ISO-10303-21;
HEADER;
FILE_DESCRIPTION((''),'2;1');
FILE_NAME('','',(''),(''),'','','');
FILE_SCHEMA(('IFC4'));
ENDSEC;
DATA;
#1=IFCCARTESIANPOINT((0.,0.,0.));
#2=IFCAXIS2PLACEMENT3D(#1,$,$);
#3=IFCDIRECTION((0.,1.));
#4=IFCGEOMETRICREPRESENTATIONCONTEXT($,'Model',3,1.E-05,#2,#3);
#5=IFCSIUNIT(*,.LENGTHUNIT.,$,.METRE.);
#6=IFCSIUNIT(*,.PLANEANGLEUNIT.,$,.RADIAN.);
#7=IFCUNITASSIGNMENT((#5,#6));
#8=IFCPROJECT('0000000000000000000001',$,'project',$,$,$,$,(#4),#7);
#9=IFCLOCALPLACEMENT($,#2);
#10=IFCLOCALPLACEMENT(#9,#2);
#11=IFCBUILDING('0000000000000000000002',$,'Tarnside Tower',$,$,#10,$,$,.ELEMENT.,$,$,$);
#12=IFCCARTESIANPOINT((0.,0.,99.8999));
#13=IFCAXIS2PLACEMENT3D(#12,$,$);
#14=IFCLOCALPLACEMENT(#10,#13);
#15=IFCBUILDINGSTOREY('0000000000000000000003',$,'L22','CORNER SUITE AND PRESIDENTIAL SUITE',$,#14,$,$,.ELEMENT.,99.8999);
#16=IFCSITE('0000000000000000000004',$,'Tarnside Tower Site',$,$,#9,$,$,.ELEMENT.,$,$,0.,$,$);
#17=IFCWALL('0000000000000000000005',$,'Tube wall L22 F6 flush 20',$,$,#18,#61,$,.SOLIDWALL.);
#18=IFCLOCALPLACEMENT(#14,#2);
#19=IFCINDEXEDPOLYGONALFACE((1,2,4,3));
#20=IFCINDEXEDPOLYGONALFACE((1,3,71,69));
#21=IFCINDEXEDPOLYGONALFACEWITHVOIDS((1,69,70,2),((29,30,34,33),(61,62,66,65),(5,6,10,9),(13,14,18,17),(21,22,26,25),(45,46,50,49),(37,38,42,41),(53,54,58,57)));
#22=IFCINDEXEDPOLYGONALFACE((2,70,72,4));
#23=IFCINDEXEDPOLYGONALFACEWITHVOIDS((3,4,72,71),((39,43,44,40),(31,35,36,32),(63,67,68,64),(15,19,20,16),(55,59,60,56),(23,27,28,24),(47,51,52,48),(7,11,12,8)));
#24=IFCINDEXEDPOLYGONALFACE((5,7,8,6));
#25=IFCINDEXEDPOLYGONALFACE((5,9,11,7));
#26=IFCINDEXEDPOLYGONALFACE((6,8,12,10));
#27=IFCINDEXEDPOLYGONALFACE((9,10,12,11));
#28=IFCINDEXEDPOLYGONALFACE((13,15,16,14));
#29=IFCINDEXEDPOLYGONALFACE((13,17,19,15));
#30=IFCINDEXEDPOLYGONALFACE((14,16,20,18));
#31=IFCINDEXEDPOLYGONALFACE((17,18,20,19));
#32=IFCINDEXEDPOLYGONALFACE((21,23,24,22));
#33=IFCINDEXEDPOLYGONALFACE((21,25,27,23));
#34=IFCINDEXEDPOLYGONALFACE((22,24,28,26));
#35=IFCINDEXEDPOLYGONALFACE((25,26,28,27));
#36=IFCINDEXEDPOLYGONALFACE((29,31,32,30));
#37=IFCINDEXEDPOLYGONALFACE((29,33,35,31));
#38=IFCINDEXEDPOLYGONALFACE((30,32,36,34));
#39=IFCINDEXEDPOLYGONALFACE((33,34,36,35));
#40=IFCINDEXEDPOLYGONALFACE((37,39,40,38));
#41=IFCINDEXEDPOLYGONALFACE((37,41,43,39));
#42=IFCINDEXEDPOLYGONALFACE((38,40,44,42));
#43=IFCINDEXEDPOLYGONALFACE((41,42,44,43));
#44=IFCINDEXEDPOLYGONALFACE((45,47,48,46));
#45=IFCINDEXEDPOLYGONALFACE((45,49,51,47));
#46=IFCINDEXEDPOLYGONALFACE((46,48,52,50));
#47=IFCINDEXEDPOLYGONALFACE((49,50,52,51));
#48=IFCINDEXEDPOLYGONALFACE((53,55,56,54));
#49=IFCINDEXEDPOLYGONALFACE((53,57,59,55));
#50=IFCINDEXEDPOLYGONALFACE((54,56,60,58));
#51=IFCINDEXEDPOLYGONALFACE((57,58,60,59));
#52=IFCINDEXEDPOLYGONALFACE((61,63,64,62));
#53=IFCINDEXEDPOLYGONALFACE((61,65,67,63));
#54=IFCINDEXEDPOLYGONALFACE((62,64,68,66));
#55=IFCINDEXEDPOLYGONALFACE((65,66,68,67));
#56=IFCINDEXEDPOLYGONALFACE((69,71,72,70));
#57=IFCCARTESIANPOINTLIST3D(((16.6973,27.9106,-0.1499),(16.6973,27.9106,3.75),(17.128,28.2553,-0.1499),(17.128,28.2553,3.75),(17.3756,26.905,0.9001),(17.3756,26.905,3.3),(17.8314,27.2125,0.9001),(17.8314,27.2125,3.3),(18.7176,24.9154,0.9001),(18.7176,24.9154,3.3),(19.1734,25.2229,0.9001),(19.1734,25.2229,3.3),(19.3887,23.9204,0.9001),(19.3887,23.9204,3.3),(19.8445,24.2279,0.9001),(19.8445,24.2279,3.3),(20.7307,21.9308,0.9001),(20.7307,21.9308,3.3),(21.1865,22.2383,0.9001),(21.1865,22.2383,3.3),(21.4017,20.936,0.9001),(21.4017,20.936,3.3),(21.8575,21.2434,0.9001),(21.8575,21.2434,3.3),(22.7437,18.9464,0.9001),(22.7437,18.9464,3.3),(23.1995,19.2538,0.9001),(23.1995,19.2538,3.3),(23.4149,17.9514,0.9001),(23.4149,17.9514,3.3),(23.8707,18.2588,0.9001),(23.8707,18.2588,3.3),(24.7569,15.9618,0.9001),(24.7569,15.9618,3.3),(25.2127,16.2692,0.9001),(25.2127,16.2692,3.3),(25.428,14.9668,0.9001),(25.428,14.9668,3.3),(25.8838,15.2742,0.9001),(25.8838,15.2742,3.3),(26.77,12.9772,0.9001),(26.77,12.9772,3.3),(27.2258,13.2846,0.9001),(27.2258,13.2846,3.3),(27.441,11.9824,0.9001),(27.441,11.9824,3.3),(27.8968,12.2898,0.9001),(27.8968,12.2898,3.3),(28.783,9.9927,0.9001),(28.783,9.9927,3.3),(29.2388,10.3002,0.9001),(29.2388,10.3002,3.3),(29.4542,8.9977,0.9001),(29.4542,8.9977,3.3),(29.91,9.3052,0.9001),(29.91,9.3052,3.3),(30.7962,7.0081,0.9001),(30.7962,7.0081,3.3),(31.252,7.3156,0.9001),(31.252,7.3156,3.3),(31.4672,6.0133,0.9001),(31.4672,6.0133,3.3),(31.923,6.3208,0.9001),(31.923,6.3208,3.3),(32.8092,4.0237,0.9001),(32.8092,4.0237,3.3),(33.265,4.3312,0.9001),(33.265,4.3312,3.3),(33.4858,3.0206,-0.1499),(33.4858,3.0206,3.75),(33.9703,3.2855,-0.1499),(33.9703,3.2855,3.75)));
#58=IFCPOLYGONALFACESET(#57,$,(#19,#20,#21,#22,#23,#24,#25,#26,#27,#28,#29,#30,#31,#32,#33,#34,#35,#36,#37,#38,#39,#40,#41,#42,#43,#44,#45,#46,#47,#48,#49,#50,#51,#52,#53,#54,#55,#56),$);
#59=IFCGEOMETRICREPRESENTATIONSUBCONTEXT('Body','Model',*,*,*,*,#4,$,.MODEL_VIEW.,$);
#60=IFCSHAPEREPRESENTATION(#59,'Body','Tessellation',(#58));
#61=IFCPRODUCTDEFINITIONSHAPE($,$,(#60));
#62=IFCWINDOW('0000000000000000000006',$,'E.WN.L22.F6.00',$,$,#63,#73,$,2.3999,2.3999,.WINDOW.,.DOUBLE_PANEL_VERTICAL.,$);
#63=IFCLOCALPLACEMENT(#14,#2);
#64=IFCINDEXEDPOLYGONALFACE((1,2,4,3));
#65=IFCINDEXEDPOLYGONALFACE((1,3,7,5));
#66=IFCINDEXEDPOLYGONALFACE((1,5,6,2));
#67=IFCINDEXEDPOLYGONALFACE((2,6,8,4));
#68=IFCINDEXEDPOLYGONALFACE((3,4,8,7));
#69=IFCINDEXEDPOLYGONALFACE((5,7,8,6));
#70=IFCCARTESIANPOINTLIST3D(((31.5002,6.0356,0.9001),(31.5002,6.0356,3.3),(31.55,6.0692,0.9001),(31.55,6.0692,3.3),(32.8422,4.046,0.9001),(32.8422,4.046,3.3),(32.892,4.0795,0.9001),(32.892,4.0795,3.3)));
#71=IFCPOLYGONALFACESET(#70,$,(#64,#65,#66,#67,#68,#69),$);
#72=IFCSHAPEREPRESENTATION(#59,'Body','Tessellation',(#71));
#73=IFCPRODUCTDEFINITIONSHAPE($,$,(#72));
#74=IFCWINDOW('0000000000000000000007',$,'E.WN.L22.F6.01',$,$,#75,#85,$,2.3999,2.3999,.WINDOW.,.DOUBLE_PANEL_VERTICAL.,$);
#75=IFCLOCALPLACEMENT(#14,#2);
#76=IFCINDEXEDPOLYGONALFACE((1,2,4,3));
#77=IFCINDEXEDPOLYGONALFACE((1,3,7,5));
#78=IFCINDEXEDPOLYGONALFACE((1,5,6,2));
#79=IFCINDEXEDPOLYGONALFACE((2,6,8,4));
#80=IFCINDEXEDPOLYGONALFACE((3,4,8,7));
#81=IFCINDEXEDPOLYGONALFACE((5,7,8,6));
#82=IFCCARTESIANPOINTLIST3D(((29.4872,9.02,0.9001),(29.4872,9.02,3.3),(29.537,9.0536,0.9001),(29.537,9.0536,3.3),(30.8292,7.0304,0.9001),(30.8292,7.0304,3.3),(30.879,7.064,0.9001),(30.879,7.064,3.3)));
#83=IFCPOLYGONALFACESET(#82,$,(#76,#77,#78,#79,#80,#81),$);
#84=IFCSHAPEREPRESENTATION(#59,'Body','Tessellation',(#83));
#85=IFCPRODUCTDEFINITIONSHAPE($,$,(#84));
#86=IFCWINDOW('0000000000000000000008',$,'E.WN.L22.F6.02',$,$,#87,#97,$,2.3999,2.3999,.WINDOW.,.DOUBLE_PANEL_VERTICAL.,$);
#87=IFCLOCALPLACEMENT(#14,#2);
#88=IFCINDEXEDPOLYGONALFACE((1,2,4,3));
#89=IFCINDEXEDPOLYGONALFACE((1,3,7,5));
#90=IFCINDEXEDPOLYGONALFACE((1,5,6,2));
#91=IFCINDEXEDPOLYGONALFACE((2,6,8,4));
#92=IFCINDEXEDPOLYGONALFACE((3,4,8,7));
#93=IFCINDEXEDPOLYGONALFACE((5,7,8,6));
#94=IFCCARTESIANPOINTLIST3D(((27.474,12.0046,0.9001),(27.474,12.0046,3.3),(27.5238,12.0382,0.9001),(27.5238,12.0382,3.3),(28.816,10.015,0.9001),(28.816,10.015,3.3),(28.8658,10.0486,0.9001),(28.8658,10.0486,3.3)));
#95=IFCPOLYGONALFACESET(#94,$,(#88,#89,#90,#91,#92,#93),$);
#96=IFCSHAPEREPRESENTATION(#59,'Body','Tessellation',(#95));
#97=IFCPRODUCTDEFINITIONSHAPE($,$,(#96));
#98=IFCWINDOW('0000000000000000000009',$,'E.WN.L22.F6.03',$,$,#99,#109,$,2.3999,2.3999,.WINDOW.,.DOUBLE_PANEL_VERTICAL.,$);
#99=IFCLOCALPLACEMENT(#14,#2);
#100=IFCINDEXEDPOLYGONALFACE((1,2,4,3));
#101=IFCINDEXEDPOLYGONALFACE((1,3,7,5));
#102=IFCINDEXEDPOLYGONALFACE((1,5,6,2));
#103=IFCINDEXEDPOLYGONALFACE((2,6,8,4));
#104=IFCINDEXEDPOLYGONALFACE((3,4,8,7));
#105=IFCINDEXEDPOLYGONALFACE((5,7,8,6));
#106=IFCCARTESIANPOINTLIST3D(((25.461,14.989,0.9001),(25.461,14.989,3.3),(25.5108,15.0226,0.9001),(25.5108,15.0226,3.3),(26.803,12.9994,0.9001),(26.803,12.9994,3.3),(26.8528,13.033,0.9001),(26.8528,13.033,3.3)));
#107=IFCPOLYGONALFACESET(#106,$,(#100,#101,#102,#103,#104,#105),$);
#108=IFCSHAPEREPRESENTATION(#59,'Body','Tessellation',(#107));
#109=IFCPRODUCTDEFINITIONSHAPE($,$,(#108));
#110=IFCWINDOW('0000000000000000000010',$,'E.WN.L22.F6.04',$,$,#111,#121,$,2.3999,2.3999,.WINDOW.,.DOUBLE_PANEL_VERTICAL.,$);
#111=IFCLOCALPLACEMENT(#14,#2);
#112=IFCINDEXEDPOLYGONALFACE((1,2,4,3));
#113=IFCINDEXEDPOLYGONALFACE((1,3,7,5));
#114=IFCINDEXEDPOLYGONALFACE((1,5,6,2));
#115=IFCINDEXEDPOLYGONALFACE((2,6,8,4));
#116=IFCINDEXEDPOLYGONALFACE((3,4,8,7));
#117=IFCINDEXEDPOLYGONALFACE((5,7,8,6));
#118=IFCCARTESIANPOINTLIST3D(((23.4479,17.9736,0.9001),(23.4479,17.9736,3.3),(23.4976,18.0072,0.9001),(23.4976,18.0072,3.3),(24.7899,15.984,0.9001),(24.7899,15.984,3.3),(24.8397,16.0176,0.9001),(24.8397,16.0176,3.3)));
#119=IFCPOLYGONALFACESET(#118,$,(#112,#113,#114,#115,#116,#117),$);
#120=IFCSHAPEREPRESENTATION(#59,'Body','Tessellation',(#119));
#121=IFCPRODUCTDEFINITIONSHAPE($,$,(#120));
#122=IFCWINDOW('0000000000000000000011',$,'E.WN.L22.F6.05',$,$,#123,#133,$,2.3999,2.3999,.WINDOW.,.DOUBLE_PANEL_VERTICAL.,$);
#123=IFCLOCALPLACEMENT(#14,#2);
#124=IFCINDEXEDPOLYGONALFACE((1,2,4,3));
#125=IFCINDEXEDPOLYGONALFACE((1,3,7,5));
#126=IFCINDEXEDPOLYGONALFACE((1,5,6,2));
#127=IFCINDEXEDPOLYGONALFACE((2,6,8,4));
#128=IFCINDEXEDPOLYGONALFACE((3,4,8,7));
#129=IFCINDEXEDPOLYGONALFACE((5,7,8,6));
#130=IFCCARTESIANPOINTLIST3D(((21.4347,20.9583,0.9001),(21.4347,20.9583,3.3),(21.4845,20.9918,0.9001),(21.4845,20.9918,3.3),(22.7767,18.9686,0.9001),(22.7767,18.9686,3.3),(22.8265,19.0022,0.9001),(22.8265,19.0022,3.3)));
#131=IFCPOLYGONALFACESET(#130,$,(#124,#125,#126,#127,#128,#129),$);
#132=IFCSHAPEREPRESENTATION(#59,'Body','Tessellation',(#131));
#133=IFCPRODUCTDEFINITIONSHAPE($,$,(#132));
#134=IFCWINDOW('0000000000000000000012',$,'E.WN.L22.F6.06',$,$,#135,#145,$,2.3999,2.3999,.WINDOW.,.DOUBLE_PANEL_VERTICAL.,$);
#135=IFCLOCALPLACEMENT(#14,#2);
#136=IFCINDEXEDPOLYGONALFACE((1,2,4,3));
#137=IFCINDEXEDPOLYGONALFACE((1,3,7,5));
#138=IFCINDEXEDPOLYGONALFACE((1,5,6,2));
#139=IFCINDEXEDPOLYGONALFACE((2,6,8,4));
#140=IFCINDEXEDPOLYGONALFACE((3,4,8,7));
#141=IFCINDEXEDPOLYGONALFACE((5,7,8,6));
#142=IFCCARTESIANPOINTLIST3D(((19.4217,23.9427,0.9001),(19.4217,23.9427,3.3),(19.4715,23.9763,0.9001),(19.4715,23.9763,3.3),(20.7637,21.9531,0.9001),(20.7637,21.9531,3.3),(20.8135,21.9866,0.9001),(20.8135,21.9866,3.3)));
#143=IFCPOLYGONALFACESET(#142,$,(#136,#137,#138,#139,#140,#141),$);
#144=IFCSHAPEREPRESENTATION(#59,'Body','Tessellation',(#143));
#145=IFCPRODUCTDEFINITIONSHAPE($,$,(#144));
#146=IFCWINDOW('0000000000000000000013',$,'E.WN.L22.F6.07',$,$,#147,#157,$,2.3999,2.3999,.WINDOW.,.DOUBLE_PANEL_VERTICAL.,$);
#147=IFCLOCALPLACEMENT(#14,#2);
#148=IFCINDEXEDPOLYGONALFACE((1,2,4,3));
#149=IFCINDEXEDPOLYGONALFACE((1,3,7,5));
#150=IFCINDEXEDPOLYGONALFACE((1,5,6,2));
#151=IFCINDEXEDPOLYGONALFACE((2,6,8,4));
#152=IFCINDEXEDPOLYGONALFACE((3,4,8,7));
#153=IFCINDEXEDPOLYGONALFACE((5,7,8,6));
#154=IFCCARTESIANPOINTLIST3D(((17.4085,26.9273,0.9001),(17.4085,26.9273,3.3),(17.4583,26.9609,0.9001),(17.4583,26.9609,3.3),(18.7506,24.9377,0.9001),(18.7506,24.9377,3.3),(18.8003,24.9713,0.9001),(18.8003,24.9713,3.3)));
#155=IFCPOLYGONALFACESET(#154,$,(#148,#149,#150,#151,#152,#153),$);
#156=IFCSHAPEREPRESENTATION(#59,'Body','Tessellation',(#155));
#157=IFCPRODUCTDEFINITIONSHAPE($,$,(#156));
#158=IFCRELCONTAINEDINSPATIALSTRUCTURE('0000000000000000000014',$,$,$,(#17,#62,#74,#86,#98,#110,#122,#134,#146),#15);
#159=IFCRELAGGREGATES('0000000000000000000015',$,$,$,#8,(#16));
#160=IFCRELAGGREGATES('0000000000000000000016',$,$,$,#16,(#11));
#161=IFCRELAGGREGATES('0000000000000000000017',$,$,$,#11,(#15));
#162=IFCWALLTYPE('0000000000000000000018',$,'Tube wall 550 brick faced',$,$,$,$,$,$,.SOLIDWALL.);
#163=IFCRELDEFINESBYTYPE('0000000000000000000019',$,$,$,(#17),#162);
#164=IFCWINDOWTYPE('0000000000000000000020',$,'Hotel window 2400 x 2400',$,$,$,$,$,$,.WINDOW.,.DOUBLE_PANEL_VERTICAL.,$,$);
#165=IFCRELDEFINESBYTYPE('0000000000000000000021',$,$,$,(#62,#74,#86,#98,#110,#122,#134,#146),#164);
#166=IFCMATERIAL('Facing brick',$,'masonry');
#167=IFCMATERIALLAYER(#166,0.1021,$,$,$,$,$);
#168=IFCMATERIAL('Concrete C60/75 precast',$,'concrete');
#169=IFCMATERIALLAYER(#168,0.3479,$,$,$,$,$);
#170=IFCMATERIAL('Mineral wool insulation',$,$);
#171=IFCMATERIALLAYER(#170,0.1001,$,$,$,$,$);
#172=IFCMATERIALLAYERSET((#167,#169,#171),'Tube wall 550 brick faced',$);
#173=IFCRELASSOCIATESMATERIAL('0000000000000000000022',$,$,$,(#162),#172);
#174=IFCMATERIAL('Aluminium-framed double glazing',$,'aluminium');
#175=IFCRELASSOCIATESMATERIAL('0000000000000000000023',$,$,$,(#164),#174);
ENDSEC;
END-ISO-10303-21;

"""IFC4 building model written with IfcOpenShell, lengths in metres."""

from ifc_helpers import new_model, si_unit, direction, frame, frame_2d, origin, place, context, subcontext, project, spatial, polyline, rectangle, outline, extrude, material, layer, layer_set, type_object, element, fill, save


model = new_model("IFC4")

# Units and contexts
model_context = context("Model", 3, precision=1e-05, world=origin(), true_north=direction((0.0, 1.0)))
body_context = subcontext(model_context, "Body", "Model", "MODEL_VIEW")
ifc_project = project(units=[si_unit("LENGTHUNIT", "METRE"), si_unit("PLANEANGLEUNIT", "RADIAN")], contexts=[model_context])

# Site, building, storey
site_placement = place(None, origin())
site = spatial("IfcSite", under=ifc_project, at=site_placement, Name="Tarnside Tower Site", CompositionType="ELEMENT", RefElevation=0.0)
building_placement = place(site_placement, origin())
building = spatial("IfcBuilding", under=site, at=building_placement, Name="Tarnside Tower", CompositionType="ELEMENT")
storey_placement = place(building_placement, frame((0.0, 0.0, 99.8999)))
storey = spatial("IfcBuildingStorey", under=building, at=storey_placement, Name="L22", Description="CORNER SUITE AND PRESIDENTIAL SUITE", CompositionType="ELEMENT", Elevation=99.8999)

# Shared definitions
ifc_material_1 = material(Name="Facing brick", Category="masonry")
ifc_layer_1 = layer(ifc_material_1, 0.1021)
ifc_material_2 = material(Name="Concrete C60/75 precast", Category="concrete")
ifc_layer_2 = layer(ifc_material_2, 0.3479)
ifc_material_3 = material(Name="Mineral wool insulation")
ifc_layer_3 = layer(ifc_material_3, 0.1001)
ifc_layer_set_1 = layer_set([ifc_layer_1, ifc_layer_2, ifc_layer_3], Name="Tube wall 550 brick faced")
wall_type = type_object("IfcWallType", Name="Tube wall 550 brick faced", PredefinedType="SOLIDWALL", material=ifc_layer_set_1)

# Wall, openings, windows
wall_1_placement = place(storey_placement, frame((33.728, 3.1531, -0.1499), z_axis=(0.0, 0.0, 1.0), x_axis=(-0.559192, 0.829038, 0.0)))
wall_1 = element("IfcWall", 1, at=wall_1_placement, inside=storey, type_object=wall_type, Name="Tube wall L22 F6 flush 20", PredefinedType="SOLIDWALL", context=body_context, shape_type="SweptSolid", body=[
    extrude(outline(polyline([(-0.0256, -0.2749), (30.0933, -0.2749), (30.0483, 0.2749), (0.0256, 0.2749), (-0.0256, -0.2749)])), origin(), (0.0, 0.0, 1.0), 3.8999),
])
opening_1_placement = place(wall_1_placement, frame((1.2356, 0.0, 1.05)))
opening_1 = element("IfcOpeningElement", 2, at=opening_1_placement, cuts=wall_1, PredefinedType="OPENING", context=body_context, shape_type="SweptSolid", body=[
    extrude(rectangle(XDim=2.3999, YDim=2.3999, at=frame_2d((1.2, 1.2))), frame((0.0, 0.2852, 0.0), z_axis=(0.0, -1.0, 0.0), x_axis=(1.0, 0.0, 0.0)), (0.0, 0.0, 1.0), 0.5701),
])
opening_2_placement = place(wall_1_placement, frame((4.8354, 0.0, 1.05)))
opening_2 = element("IfcOpeningElement", 3, at=opening_2_placement, cuts=wall_1, PredefinedType="OPENING", context=body_context, shape_type="SweptSolid", body=[
    extrude(rectangle(XDim=2.3999, YDim=2.3999, at=frame_2d((1.2, 1.2))), frame((0.0, 0.2852, 0.0), z_axis=(0.0, -1.0, 0.0), x_axis=(1.0, 0.0, 0.0)), (0.0, 0.0, 1.0), 0.5701),
])
opening_3_placement = place(wall_1_placement, frame((8.4355, 0.0, 1.05)))
opening_3 = element("IfcOpeningElement", 4, at=opening_3_placement, cuts=wall_1, PredefinedType="OPENING", context=body_context, shape_type="SweptSolid", body=[
    extrude(rectangle(XDim=2.3999, YDim=2.3999, at=frame_2d((1.2, 1.2))), frame((0.0, 0.2852, 0.0), z_axis=(0.0, -1.0, 0.0), x_axis=(1.0, 0.0, 0.0)), (0.0, 0.0, 1.0), 0.5701),
])
opening_4_placement = place(wall_1_placement, frame((12.0354, 0.0, 1.05)))
opening_4 = element("IfcOpeningElement", 5, at=opening_4_placement, cuts=wall_1, PredefinedType="OPENING", context=body_context, shape_type="SweptSolid", body=[
    extrude(rectangle(XDim=2.3999, YDim=2.3999, at=frame_2d((1.2, 1.2))), frame((0.0, 0.2852, 0.0), z_axis=(0.0, -1.0, 0.0), x_axis=(1.0, 0.0, 0.0)), (0.0, 0.0, 1.0), 0.5701),
])
opening_5_placement = place(wall_1_placement, frame((15.6355, 0.0, 1.05)))
opening_5 = element("IfcOpeningElement", 6, at=opening_5_placement, cuts=wall_1, PredefinedType="OPENING", context=body_context, shape_type="SweptSolid", body=[
    extrude(rectangle(XDim=2.3999, YDim=2.3999, at=frame_2d((1.2, 1.2))), frame((0.0, 0.2852, 0.0), z_axis=(0.0, -1.0, 0.0), x_axis=(1.0, 0.0, 0.0)), (0.0, 0.0, 1.0), 0.5701),
])
opening_6_placement = place(wall_1_placement, frame((19.2356, 0.0, 1.05)))
opening_6 = element("IfcOpeningElement", 7, at=opening_6_placement, cuts=wall_1, PredefinedType="OPENING", context=body_context, shape_type="SweptSolid", body=[
    extrude(rectangle(XDim=2.3999, YDim=2.3999, at=frame_2d((1.2, 1.2))), frame((0.0, 0.2852, 0.0), z_axis=(0.0, -1.0, 0.0), x_axis=(1.0, 0.0, 0.0)), (0.0, 0.0, 1.0), 0.5701),
])
opening_7_placement = place(wall_1_placement, frame((22.8354, 0.0, 1.05)))
opening_7 = element("IfcOpeningElement", 8, at=opening_7_placement, cuts=wall_1, PredefinedType="OPENING", context=body_context, shape_type="SweptSolid", body=[
    extrude(rectangle(XDim=2.3999, YDim=2.3999, at=frame_2d((1.2, 1.2))), frame((0.0, 0.2852, 0.0), z_axis=(0.0, -1.0, 0.0), x_axis=(1.0, 0.0, 0.0)), (0.0, 0.0, 1.0), 0.5701),
])
opening_8_placement = place(wall_1_placement, frame((26.4355, 0.0, 1.05)))
opening_8 = element("IfcOpeningElement", 9, at=opening_8_placement, cuts=wall_1, PredefinedType="OPENING", context=body_context, shape_type="SweptSolid", body=[
    extrude(rectangle(XDim=2.3999, YDim=2.3999, at=frame_2d((1.2, 1.2))), frame((0.0, 0.2852, 0.0), z_axis=(0.0, -1.0, 0.0), x_axis=(1.0, 0.0, 0.0)), (0.0, 0.0, 1.0), 0.5701),
])
ifc_material_4 = material(Name="Aluminium-framed double glazing", Category="aluminium")
window_type = type_object("IfcWindowType", Name="Hotel window 2400 x 2400", PartitioningType="DOUBLE_PANEL_VERTICAL", PredefinedType="WINDOW", material=ifc_material_4)
window_1_placement = place(opening_1_placement, frame((0.0, 0.2051, 0.0)))
window_1 = element("IfcWindow", 10, at=window_1_placement, inside=storey, type_object=window_type, Name="E.WN.L22.F6.00", OverallHeight=2.3999, OverallWidth=2.3999, PartitioningType="DOUBLE_PANEL_VERTICAL", PredefinedType="WINDOW", context=body_context, shape_type="SweptSolid", body=[
    extrude(rectangle(XDim=2.3999, YDim=2.3999, at=frame_2d((1.2, 1.2))), frame((0.0, 0.03, 0.0), z_axis=(0.0, -1.0, 0.0), x_axis=(1.0, 0.0, 0.0)), (0.0, 0.0, 1.0), 0.0601),
])
fill(opening_1, window_1)
window_2_placement = place(opening_2_placement, frame((0.0, 0.2051, 0.0)))
window_2 = element("IfcWindow", 11, at=window_2_placement, inside=storey, type_object=window_type, Name="E.WN.L22.F6.01", OverallHeight=2.3999, OverallWidth=2.3999, PartitioningType="DOUBLE_PANEL_VERTICAL", PredefinedType="WINDOW", context=body_context, shape_type="SweptSolid", body=[
    extrude(rectangle(XDim=2.3999, YDim=2.3999, at=frame_2d((1.2, 1.2))), frame((0.0, 0.03, 0.0), z_axis=(0.0, -1.0, 0.0), x_axis=(1.0, 0.0, 0.0)), (0.0, 0.0, 1.0), 0.0601),
])
fill(opening_2, window_2)
window_3_placement = place(opening_3_placement, frame((0.0, 0.2051, 0.0)))
window_3 = element("IfcWindow", 12, at=window_3_placement, inside=storey, type_object=window_type, Name="E.WN.L22.F6.02", OverallHeight=2.3999, OverallWidth=2.3999, PartitioningType="DOUBLE_PANEL_VERTICAL", PredefinedType="WINDOW", context=body_context, shape_type="SweptSolid", body=[
    extrude(rectangle(XDim=2.3999, YDim=2.3999, at=frame_2d((1.2, 1.2))), frame((0.0, 0.03, 0.0), z_axis=(0.0, -1.0, 0.0), x_axis=(1.0, 0.0, 0.0)), (0.0, 0.0, 1.0), 0.0601),
])
fill(opening_3, window_3)
window_4_placement = place(opening_4_placement, frame((0.0, 0.2051, 0.0)))
window_4 = element("IfcWindow", 13, at=window_4_placement, inside=storey, type_object=window_type, Name="E.WN.L22.F6.03", OverallHeight=2.3999, OverallWidth=2.3999, PartitioningType="DOUBLE_PANEL_VERTICAL", PredefinedType="WINDOW", context=body_context, shape_type="SweptSolid", body=[
    extrude(rectangle(XDim=2.3999, YDim=2.3999, at=frame_2d((1.2, 1.2))), frame((0.0, 0.03, 0.0), z_axis=(0.0, -1.0, 0.0), x_axis=(1.0, 0.0, 0.0)), (0.0, 0.0, 1.0), 0.0601),
])
fill(opening_4, window_4)
window_5_placement = place(opening_5_placement, frame((0.0, 0.2051, 0.0)))
window_5 = element("IfcWindow", 14, at=window_5_placement, inside=storey, type_object=window_type, Name="E.WN.L22.F6.04", OverallHeight=2.3999, OverallWidth=2.3999, PartitioningType="DOUBLE_PANEL_VERTICAL", PredefinedType="WINDOW", context=body_context, shape_type="SweptSolid", body=[
    extrude(rectangle(XDim=2.3999, YDim=2.3999, at=frame_2d((1.2, 1.2))), frame((0.0, 0.03, 0.0), z_axis=(0.0, -1.0, 0.0), x_axis=(1.0, 0.0, 0.0)), (0.0, 0.0, 1.0), 0.0601),
])
fill(opening_5, window_5)
window_6_placement = place(opening_6_placement, frame((0.0, 0.2051, 0.0)))
window_6 = element("IfcWindow", 15, at=window_6_placement, inside=storey, type_object=window_type, Name="E.WN.L22.F6.05", OverallHeight=2.3999, OverallWidth=2.3999, PartitioningType="DOUBLE_PANEL_VERTICAL", PredefinedType="WINDOW", context=body_context, shape_type="SweptSolid", body=[
    extrude(rectangle(XDim=2.3999, YDim=2.3999, at=frame_2d((1.2, 1.2))), frame((0.0, 0.03, 0.0), z_axis=(0.0, -1.0, 0.0), x_axis=(1.0, 0.0, 0.0)), (0.0, 0.0, 1.0), 0.0601),
])
fill(opening_6, window_6)
window_7_placement = place(opening_7_placement, frame((0.0, 0.2051, 0.0)))
window_7 = element("IfcWindow", 16, at=window_7_placement, inside=storey, type_object=window_type, Name="E.WN.L22.F6.06", OverallHeight=2.3999, OverallWidth=2.3999, PartitioningType="DOUBLE_PANEL_VERTICAL", PredefinedType="WINDOW", context=body_context, shape_type="SweptSolid", body=[
    extrude(rectangle(XDim=2.3999, YDim=2.3999, at=frame_2d((1.2, 1.2))), frame((0.0, 0.03, 0.0), z_axis=(0.0, -1.0, 0.0), x_axis=(1.0, 0.0, 0.0)), (0.0, 0.0, 1.0), 0.0601),
])
fill(opening_7, window_7)
window_8_placement = place(opening_8_placement, frame((0.0, 0.2051, 0.0)))
window_8 = element("IfcWindow", 17, at=window_8_placement, inside=storey, type_object=window_type, Name="E.WN.L22.F6.07", OverallHeight=2.3999, OverallWidth=2.3999, PartitioningType="DOUBLE_PANEL_VERTICAL", PredefinedType="WINDOW", context=body_context, shape_type="SweptSolid", body=[
    extrude(rectangle(XDim=2.3999, YDim=2.3999, at=frame_2d((1.2, 1.2))), frame((0.0, 0.03, 0.0), z_axis=(0.0, -1.0, 0.0), x_axis=(1.0, 0.0, 0.0)), (0.0, 0.0, 1.0), 0.0601),
])
fill(opening_8, window_8)

save(model, "model.ifc")
